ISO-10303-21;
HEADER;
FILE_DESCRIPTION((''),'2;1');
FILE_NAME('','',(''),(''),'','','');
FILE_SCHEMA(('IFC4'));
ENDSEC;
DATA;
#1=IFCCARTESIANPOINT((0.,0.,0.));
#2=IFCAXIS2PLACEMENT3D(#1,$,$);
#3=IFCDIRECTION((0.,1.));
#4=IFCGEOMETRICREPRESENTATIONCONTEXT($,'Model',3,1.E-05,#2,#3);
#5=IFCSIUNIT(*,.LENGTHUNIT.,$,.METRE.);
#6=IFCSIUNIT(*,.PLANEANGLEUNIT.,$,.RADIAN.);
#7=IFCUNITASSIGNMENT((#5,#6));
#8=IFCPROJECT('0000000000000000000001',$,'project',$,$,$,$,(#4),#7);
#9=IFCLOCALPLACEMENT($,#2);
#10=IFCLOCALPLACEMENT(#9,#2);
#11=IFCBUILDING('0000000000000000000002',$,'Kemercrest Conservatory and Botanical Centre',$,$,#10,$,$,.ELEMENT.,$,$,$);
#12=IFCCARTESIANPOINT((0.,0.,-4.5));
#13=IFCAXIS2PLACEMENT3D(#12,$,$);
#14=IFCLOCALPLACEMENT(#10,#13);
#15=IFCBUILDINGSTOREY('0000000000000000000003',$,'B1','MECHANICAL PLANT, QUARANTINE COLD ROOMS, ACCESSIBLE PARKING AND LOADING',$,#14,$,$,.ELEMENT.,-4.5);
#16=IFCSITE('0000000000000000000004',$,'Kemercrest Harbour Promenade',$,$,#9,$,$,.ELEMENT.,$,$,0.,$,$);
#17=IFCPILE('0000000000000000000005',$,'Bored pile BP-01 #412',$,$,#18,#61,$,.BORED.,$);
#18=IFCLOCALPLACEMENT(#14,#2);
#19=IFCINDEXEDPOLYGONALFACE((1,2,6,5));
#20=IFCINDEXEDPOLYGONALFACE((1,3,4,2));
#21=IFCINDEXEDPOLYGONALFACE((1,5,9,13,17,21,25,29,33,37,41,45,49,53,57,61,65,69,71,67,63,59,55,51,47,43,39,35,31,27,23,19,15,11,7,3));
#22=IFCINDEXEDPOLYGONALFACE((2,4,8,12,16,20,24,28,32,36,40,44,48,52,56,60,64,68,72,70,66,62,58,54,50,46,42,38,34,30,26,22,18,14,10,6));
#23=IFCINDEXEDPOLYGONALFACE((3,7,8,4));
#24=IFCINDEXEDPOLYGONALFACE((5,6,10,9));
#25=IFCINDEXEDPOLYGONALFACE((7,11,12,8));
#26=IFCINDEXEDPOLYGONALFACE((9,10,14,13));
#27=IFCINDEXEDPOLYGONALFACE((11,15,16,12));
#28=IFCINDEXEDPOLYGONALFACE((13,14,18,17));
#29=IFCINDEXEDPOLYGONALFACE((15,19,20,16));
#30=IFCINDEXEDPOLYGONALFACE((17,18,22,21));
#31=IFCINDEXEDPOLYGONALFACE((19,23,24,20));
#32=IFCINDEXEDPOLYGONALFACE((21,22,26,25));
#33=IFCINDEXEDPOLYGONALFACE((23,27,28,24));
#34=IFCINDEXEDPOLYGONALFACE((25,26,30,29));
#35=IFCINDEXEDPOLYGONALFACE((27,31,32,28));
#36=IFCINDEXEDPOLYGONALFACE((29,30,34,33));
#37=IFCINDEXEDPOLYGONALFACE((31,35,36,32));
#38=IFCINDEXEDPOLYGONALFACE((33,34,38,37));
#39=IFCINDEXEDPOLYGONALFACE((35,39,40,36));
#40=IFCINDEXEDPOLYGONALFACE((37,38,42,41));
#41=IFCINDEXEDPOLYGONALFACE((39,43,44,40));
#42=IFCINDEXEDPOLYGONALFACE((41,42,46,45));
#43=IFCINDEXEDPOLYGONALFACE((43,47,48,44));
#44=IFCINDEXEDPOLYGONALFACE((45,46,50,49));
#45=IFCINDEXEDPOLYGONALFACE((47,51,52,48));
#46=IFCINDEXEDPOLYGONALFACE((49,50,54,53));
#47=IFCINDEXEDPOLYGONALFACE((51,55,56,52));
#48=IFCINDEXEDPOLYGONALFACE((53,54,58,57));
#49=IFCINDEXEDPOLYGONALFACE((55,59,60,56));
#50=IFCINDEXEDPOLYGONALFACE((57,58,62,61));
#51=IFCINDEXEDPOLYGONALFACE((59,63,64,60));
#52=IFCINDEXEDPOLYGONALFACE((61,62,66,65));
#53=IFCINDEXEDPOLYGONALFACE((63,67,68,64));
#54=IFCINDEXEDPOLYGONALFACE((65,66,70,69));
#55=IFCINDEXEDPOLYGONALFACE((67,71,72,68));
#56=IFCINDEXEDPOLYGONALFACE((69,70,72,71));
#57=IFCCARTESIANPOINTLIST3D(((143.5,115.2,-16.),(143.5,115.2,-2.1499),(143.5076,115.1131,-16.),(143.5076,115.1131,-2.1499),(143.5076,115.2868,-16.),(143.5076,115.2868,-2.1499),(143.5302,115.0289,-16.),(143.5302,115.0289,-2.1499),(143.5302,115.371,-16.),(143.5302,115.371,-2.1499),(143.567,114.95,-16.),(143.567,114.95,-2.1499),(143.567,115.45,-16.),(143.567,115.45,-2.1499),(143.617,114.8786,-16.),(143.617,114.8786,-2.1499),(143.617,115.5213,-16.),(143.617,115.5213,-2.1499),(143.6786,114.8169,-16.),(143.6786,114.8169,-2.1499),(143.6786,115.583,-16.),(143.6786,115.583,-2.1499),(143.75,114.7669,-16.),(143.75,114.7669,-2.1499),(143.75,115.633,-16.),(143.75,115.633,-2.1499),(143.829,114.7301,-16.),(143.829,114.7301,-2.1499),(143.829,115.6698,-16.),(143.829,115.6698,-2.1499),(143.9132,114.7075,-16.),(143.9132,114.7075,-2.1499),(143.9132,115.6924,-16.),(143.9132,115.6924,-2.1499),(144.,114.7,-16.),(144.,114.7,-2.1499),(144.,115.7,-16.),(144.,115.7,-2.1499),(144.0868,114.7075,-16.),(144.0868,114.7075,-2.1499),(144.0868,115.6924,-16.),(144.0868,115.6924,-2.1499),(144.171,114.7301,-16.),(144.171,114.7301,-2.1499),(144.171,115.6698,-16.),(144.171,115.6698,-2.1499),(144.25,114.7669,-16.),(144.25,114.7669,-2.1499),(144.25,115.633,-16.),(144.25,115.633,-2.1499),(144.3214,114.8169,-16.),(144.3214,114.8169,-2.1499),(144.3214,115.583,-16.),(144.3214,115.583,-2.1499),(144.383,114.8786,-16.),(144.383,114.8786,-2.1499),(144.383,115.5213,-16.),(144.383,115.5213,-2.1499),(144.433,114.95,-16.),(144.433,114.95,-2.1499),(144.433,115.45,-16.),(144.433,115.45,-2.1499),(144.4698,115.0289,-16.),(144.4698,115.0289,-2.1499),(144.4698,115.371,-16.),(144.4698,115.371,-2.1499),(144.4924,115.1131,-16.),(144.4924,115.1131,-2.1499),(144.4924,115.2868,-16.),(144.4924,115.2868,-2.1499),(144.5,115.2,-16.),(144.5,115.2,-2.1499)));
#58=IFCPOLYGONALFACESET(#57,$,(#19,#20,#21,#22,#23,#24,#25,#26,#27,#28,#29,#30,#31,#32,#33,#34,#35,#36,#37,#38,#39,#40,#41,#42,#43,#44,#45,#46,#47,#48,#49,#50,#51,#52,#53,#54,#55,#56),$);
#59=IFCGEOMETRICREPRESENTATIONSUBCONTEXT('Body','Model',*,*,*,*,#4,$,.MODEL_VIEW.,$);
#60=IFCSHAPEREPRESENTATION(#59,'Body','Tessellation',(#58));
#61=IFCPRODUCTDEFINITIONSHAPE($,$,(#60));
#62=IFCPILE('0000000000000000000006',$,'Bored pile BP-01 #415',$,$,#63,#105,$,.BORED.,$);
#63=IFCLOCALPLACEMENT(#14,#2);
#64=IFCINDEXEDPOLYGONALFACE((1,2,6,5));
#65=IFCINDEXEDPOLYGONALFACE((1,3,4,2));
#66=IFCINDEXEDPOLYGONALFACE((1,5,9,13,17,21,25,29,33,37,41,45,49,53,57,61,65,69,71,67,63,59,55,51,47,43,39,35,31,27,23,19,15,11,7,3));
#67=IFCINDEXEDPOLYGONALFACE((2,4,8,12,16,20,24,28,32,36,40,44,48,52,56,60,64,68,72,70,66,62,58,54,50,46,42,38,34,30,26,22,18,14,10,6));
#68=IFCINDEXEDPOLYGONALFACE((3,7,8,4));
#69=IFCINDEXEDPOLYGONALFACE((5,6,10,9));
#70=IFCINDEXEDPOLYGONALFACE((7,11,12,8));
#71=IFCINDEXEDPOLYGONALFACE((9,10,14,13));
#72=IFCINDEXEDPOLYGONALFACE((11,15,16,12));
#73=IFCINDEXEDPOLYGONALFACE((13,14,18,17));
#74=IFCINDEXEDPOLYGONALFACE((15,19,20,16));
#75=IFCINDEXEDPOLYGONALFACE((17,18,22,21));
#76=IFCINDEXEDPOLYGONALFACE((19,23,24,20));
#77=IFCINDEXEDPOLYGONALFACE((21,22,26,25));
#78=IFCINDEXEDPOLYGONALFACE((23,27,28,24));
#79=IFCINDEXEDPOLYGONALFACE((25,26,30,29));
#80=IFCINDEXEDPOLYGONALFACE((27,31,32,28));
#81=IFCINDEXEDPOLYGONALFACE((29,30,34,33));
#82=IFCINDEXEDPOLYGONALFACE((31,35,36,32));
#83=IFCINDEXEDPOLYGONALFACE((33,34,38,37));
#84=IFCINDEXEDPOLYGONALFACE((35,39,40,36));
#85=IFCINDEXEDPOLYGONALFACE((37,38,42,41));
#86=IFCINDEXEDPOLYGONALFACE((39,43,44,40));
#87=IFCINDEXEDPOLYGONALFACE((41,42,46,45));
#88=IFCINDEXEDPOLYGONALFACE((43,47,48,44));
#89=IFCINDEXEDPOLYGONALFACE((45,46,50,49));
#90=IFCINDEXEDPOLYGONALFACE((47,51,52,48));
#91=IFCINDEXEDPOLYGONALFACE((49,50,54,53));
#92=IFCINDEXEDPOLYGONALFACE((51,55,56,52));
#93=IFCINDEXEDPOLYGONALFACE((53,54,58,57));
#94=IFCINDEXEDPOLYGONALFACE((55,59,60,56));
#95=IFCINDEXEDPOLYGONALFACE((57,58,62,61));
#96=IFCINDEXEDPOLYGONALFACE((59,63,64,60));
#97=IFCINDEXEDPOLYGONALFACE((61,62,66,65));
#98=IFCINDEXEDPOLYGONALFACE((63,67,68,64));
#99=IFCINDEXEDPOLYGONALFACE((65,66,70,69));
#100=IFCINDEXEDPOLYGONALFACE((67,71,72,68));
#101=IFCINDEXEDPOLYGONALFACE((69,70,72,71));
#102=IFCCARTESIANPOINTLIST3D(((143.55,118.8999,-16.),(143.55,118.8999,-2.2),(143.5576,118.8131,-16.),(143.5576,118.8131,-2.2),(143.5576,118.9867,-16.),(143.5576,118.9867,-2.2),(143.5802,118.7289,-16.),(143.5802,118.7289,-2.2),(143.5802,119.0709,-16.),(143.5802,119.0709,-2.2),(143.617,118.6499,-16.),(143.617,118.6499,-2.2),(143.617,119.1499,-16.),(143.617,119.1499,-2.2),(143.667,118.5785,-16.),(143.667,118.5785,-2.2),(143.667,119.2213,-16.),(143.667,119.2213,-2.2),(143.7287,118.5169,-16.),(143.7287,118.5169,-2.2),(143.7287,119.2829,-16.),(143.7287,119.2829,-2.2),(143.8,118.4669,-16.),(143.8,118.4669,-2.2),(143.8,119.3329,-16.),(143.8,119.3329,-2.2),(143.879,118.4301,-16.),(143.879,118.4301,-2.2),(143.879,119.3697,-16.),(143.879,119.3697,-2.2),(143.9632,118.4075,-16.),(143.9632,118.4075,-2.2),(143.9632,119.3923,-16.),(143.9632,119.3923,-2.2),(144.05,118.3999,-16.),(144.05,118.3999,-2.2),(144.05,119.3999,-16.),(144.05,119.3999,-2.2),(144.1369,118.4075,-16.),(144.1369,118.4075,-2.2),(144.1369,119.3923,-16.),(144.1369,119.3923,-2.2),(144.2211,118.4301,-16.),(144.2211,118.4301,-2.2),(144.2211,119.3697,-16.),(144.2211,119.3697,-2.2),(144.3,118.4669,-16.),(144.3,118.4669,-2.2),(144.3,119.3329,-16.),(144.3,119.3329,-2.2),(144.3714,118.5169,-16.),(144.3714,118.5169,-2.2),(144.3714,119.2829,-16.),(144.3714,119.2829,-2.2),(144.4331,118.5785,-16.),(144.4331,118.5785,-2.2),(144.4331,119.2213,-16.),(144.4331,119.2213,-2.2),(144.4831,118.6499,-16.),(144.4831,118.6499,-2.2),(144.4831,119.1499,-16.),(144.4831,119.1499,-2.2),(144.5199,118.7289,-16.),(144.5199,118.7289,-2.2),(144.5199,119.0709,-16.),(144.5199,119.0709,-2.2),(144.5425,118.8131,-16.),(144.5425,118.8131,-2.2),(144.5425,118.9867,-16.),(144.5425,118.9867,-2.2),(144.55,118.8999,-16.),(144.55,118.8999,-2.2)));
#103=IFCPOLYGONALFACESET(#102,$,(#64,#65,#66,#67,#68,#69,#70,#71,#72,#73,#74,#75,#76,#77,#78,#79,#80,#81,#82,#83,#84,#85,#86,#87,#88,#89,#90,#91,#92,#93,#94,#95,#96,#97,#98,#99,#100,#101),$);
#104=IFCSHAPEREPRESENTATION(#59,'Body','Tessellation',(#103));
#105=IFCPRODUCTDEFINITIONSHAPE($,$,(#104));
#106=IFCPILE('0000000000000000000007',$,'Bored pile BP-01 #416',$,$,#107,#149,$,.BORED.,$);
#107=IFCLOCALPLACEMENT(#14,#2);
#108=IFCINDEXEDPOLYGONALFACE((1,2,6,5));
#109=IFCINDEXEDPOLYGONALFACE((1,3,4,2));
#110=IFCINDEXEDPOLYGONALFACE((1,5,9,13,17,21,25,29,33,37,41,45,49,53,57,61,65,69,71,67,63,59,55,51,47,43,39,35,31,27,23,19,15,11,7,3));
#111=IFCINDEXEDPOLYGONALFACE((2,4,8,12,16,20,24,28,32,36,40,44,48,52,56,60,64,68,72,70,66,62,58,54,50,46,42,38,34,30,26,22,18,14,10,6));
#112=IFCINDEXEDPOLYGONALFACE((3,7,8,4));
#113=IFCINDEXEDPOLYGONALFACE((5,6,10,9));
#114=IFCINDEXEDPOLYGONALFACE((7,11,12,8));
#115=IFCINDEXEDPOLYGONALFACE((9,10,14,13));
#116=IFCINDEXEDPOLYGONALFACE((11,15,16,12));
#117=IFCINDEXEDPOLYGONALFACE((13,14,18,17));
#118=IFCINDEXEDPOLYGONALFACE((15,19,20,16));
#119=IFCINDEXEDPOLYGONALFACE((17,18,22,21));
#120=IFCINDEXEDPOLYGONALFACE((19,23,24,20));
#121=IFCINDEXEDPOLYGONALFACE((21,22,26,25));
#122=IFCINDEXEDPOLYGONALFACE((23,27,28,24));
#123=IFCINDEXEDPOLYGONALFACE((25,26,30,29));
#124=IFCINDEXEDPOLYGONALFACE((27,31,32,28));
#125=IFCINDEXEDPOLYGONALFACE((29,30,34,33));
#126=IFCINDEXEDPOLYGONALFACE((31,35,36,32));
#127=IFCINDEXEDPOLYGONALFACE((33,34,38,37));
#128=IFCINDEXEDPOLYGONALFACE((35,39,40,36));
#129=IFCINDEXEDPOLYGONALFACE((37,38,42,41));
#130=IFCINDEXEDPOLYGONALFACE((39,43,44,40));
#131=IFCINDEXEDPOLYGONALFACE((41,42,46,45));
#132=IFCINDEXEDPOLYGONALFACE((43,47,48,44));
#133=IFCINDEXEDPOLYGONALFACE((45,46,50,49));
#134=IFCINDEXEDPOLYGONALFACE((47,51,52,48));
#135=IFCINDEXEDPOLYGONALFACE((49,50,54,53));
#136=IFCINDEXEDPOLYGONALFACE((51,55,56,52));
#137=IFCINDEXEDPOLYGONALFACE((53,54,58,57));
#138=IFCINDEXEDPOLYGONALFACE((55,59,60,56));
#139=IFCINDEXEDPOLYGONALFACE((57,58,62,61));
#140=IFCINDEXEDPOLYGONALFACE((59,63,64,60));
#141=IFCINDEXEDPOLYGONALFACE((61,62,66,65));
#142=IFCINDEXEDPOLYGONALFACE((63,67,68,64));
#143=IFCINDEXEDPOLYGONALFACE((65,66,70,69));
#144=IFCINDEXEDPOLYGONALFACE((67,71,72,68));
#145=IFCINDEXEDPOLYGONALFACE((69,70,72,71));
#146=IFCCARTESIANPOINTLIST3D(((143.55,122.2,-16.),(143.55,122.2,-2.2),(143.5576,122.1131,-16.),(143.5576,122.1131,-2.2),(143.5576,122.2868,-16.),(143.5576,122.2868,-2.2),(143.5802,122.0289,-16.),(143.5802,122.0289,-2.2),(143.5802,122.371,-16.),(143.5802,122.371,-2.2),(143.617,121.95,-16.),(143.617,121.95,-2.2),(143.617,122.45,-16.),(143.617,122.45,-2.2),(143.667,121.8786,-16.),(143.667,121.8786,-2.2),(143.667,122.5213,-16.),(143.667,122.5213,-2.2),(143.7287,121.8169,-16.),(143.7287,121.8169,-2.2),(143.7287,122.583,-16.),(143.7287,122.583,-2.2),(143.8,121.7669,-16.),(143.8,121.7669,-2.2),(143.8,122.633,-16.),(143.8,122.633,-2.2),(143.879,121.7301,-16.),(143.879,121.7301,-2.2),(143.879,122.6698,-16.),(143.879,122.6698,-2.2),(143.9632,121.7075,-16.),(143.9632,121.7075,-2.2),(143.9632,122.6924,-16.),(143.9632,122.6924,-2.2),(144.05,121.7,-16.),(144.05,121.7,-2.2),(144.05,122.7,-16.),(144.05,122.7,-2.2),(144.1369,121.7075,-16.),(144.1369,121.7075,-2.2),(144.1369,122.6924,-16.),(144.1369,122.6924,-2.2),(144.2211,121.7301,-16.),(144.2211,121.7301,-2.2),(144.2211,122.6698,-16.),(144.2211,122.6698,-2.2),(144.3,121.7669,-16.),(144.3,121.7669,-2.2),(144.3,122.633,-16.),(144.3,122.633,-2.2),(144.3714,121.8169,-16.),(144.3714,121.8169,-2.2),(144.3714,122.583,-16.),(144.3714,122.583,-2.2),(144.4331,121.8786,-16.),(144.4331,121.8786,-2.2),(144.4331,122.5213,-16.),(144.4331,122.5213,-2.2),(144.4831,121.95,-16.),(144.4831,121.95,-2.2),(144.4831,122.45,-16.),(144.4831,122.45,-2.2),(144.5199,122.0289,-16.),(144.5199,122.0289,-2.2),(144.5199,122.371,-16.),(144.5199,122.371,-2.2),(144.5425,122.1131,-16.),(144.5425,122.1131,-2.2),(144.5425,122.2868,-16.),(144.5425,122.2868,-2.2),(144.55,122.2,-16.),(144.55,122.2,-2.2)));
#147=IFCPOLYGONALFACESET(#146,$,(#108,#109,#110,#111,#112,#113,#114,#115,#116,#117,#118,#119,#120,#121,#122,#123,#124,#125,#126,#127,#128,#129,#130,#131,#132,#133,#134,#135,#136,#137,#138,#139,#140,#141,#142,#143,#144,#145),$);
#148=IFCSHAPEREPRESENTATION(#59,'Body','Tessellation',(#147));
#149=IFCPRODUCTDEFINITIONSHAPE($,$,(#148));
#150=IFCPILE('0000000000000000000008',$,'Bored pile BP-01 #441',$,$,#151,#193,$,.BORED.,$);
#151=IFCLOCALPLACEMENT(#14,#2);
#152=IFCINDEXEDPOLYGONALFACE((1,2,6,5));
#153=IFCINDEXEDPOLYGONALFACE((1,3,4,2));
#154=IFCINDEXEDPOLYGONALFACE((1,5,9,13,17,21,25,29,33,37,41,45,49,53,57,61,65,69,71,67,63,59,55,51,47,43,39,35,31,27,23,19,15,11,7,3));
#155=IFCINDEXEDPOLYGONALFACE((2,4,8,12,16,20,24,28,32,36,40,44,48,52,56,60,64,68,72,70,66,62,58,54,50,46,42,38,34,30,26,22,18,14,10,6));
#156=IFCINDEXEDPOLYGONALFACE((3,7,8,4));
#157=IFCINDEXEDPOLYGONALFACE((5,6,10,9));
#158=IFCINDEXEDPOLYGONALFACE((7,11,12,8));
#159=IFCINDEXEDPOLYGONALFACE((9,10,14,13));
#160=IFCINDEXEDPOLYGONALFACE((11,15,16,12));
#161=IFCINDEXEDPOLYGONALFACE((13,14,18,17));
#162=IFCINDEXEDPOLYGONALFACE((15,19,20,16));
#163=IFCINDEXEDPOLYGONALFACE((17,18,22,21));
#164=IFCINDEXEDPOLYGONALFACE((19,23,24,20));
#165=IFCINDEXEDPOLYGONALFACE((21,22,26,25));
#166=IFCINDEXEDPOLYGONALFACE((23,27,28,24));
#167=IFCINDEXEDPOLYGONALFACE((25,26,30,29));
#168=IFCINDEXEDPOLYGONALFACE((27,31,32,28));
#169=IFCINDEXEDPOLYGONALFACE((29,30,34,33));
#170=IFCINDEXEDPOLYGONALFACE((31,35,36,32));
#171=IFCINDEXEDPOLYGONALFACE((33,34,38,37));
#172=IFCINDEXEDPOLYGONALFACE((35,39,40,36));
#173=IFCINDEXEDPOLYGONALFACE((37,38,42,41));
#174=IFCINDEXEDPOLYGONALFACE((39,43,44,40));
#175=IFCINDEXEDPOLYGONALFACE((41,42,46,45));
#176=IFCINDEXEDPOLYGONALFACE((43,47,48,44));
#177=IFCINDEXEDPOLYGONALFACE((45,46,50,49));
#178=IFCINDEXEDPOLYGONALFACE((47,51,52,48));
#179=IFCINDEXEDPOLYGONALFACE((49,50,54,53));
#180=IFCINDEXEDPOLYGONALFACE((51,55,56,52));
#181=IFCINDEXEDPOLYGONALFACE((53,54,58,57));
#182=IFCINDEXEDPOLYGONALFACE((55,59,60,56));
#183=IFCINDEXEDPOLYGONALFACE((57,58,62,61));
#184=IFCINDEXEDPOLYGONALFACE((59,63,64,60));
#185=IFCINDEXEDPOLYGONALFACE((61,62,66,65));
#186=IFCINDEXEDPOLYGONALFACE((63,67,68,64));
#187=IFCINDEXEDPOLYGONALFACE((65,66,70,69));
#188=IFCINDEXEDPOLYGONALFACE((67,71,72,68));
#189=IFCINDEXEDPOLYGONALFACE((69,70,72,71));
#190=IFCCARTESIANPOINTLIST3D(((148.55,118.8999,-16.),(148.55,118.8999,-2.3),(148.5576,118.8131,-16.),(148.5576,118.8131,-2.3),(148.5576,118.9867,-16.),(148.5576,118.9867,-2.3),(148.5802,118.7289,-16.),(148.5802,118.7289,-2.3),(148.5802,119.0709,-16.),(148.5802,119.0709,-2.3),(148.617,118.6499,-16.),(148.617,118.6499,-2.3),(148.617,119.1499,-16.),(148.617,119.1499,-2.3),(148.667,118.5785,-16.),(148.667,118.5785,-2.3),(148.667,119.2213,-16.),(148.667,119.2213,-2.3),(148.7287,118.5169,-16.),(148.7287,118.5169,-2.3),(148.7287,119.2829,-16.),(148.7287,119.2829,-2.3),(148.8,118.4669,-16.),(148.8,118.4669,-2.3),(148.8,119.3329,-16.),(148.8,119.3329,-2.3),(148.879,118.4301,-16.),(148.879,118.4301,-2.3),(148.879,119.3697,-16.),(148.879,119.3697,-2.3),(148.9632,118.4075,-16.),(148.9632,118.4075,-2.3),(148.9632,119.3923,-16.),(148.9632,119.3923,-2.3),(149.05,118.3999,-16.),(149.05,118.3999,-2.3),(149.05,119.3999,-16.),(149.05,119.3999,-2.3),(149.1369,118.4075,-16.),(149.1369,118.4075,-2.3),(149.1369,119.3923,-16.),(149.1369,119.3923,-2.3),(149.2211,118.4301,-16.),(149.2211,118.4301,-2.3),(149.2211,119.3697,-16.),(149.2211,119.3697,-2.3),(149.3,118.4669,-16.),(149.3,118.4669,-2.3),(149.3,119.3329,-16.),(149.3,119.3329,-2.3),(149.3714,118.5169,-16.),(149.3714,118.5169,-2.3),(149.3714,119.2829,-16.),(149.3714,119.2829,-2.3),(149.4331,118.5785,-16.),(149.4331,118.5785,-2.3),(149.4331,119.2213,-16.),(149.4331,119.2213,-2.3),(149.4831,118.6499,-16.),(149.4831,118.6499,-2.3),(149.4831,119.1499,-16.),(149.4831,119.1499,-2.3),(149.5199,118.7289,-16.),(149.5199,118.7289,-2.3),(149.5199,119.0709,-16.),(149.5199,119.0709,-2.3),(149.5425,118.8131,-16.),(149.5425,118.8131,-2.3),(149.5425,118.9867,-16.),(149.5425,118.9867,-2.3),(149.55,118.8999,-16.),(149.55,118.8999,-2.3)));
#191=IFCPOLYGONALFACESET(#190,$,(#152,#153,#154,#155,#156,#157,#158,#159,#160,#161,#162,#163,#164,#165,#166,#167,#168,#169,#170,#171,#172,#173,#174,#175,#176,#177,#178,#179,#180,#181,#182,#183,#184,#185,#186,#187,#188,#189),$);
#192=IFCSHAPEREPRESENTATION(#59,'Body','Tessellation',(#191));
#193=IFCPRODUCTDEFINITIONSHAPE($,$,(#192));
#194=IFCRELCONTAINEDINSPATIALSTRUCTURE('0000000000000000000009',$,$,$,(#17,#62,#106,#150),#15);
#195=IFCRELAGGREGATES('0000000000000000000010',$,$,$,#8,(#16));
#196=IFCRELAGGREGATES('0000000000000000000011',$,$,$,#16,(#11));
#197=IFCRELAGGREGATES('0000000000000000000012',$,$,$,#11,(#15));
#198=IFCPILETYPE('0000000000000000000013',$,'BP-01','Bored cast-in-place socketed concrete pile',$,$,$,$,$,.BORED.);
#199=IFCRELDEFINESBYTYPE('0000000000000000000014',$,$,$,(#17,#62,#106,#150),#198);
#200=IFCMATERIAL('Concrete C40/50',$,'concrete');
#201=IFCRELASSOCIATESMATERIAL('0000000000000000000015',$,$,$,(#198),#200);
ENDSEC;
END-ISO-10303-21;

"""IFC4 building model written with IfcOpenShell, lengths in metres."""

from ifc_helpers import new_model, si_unit, direction, frame, origin, origin_2d, place, context, subcontext, project, spatial, circle, extrude, material, material_profile, profile_set, type_object, element, save


model = new_model("IFC4")

# Units and contexts
model_context = context("Model", 3, precision=1e-05, world=origin(), true_north=direction((0.0, 1.0)))
body_context = subcontext(model_context, "Body", "Model", "MODEL_VIEW")
ifc_project = project(units=[si_unit("LENGTHUNIT", "METRE"), si_unit("PLANEANGLEUNIT", "RADIAN")], contexts=[model_context])

# Site, building, storey
site_placement = place(None, origin())
site = spatial("IfcSite", under=ifc_project, at=site_placement, Name="Kemercrest Harbour Promenade", CompositionType="ELEMENT", RefElevation=0.0)
building_placement = place(site_placement, origin())
building = spatial("IfcBuilding", under=site, at=building_placement, Name="Kemercrest Conservatory and Botanical Centre", CompositionType="ELEMENT")
storey_placement = place(building_placement, frame((0.0, 0.0, -4.5)))
storey = spatial("IfcBuildingStorey", under=building, at=storey_placement, Name="B1", Description="MECHANICAL PLANT, QUARANTINE COLD ROOMS, ACCESSIBLE PARKING AND LOADING", CompositionType="ELEMENT", Elevation=-4.5)

# Piles
ifc_material_1 = material(Name="Concrete C40/50", Category="concrete")
ifc_material_profile_1 = material_profile(ifc_material_1, circle(Radius=0.5, at=origin_2d()), Name="BORED PILE 1000")
ifc_profile_set_1 = profile_set([ifc_material_profile_1], Name="Concrete C40/50")
pile_type = type_object("IfcPileType", Name="BP-01", Description="Bored cast-in-place socketed concrete pile", PredefinedType="BORED", material=ifc_profile_set_1)
pile_placement = place(storey_placement, frame((144.0, 115.2, -2.1499), z_axis=(0.0, 0.0, -1.0), x_axis=(1.0, 0.0, 0.0)))
element("IfcPile", 1, at=pile_placement, inside=storey, type_object=pile_type, Name="Bored pile BP-01 #412", PredefinedType="BORED", context=body_context, shape_type="SweptSolid", body=[
    extrude(circle(Radius=0.5, at=origin_2d()), origin(), (0.0, 0.0, 1.0), 13.8501),
])
for number, where, z_axis, x_axis, name in (
    (2, (144.05, 118.8999, -2.2), (0.0, 0.0, -1.0), (1.0, 0.0, 0.0), "Bored pile BP-01 #415"),
    (3, (144.05, 122.2, -2.2), (0.0, 0.0, -1.0), (1.0, 0.0, 0.0), "Bored pile BP-01 #416"),
):
    element("IfcPile", number, at=place(storey_placement, frame(where, z_axis=z_axis, x_axis=x_axis)), inside=storey, type_object=pile_type, Name=name, PredefinedType="BORED", context=body_context, shape_type="SweptSolid", body=[
        extrude(circle(Radius=0.5, at=origin_2d()), origin(), (0.0, 0.0, 1.0), 13.8),
    ])
for number, where, z_axis, x_axis, name in (
    (4, (149.05, 118.8999, -2.3), (0.0, 0.0, -1.0), (1.0, 0.0, 0.0), "Bored pile BP-01 #441"),
):
    element("IfcPile", number, at=place(storey_placement, frame(where, z_axis=z_axis, x_axis=x_axis)), inside=storey, type_object=pile_type, Name=name, PredefinedType="BORED", context=body_context, shape_type="SweptSolid", body=[
        extrude(circle(Radius=0.5, at=origin_2d()), origin(), (0.0, 0.0, 1.0), 13.7),
    ])

save(model, "model.ifc")
